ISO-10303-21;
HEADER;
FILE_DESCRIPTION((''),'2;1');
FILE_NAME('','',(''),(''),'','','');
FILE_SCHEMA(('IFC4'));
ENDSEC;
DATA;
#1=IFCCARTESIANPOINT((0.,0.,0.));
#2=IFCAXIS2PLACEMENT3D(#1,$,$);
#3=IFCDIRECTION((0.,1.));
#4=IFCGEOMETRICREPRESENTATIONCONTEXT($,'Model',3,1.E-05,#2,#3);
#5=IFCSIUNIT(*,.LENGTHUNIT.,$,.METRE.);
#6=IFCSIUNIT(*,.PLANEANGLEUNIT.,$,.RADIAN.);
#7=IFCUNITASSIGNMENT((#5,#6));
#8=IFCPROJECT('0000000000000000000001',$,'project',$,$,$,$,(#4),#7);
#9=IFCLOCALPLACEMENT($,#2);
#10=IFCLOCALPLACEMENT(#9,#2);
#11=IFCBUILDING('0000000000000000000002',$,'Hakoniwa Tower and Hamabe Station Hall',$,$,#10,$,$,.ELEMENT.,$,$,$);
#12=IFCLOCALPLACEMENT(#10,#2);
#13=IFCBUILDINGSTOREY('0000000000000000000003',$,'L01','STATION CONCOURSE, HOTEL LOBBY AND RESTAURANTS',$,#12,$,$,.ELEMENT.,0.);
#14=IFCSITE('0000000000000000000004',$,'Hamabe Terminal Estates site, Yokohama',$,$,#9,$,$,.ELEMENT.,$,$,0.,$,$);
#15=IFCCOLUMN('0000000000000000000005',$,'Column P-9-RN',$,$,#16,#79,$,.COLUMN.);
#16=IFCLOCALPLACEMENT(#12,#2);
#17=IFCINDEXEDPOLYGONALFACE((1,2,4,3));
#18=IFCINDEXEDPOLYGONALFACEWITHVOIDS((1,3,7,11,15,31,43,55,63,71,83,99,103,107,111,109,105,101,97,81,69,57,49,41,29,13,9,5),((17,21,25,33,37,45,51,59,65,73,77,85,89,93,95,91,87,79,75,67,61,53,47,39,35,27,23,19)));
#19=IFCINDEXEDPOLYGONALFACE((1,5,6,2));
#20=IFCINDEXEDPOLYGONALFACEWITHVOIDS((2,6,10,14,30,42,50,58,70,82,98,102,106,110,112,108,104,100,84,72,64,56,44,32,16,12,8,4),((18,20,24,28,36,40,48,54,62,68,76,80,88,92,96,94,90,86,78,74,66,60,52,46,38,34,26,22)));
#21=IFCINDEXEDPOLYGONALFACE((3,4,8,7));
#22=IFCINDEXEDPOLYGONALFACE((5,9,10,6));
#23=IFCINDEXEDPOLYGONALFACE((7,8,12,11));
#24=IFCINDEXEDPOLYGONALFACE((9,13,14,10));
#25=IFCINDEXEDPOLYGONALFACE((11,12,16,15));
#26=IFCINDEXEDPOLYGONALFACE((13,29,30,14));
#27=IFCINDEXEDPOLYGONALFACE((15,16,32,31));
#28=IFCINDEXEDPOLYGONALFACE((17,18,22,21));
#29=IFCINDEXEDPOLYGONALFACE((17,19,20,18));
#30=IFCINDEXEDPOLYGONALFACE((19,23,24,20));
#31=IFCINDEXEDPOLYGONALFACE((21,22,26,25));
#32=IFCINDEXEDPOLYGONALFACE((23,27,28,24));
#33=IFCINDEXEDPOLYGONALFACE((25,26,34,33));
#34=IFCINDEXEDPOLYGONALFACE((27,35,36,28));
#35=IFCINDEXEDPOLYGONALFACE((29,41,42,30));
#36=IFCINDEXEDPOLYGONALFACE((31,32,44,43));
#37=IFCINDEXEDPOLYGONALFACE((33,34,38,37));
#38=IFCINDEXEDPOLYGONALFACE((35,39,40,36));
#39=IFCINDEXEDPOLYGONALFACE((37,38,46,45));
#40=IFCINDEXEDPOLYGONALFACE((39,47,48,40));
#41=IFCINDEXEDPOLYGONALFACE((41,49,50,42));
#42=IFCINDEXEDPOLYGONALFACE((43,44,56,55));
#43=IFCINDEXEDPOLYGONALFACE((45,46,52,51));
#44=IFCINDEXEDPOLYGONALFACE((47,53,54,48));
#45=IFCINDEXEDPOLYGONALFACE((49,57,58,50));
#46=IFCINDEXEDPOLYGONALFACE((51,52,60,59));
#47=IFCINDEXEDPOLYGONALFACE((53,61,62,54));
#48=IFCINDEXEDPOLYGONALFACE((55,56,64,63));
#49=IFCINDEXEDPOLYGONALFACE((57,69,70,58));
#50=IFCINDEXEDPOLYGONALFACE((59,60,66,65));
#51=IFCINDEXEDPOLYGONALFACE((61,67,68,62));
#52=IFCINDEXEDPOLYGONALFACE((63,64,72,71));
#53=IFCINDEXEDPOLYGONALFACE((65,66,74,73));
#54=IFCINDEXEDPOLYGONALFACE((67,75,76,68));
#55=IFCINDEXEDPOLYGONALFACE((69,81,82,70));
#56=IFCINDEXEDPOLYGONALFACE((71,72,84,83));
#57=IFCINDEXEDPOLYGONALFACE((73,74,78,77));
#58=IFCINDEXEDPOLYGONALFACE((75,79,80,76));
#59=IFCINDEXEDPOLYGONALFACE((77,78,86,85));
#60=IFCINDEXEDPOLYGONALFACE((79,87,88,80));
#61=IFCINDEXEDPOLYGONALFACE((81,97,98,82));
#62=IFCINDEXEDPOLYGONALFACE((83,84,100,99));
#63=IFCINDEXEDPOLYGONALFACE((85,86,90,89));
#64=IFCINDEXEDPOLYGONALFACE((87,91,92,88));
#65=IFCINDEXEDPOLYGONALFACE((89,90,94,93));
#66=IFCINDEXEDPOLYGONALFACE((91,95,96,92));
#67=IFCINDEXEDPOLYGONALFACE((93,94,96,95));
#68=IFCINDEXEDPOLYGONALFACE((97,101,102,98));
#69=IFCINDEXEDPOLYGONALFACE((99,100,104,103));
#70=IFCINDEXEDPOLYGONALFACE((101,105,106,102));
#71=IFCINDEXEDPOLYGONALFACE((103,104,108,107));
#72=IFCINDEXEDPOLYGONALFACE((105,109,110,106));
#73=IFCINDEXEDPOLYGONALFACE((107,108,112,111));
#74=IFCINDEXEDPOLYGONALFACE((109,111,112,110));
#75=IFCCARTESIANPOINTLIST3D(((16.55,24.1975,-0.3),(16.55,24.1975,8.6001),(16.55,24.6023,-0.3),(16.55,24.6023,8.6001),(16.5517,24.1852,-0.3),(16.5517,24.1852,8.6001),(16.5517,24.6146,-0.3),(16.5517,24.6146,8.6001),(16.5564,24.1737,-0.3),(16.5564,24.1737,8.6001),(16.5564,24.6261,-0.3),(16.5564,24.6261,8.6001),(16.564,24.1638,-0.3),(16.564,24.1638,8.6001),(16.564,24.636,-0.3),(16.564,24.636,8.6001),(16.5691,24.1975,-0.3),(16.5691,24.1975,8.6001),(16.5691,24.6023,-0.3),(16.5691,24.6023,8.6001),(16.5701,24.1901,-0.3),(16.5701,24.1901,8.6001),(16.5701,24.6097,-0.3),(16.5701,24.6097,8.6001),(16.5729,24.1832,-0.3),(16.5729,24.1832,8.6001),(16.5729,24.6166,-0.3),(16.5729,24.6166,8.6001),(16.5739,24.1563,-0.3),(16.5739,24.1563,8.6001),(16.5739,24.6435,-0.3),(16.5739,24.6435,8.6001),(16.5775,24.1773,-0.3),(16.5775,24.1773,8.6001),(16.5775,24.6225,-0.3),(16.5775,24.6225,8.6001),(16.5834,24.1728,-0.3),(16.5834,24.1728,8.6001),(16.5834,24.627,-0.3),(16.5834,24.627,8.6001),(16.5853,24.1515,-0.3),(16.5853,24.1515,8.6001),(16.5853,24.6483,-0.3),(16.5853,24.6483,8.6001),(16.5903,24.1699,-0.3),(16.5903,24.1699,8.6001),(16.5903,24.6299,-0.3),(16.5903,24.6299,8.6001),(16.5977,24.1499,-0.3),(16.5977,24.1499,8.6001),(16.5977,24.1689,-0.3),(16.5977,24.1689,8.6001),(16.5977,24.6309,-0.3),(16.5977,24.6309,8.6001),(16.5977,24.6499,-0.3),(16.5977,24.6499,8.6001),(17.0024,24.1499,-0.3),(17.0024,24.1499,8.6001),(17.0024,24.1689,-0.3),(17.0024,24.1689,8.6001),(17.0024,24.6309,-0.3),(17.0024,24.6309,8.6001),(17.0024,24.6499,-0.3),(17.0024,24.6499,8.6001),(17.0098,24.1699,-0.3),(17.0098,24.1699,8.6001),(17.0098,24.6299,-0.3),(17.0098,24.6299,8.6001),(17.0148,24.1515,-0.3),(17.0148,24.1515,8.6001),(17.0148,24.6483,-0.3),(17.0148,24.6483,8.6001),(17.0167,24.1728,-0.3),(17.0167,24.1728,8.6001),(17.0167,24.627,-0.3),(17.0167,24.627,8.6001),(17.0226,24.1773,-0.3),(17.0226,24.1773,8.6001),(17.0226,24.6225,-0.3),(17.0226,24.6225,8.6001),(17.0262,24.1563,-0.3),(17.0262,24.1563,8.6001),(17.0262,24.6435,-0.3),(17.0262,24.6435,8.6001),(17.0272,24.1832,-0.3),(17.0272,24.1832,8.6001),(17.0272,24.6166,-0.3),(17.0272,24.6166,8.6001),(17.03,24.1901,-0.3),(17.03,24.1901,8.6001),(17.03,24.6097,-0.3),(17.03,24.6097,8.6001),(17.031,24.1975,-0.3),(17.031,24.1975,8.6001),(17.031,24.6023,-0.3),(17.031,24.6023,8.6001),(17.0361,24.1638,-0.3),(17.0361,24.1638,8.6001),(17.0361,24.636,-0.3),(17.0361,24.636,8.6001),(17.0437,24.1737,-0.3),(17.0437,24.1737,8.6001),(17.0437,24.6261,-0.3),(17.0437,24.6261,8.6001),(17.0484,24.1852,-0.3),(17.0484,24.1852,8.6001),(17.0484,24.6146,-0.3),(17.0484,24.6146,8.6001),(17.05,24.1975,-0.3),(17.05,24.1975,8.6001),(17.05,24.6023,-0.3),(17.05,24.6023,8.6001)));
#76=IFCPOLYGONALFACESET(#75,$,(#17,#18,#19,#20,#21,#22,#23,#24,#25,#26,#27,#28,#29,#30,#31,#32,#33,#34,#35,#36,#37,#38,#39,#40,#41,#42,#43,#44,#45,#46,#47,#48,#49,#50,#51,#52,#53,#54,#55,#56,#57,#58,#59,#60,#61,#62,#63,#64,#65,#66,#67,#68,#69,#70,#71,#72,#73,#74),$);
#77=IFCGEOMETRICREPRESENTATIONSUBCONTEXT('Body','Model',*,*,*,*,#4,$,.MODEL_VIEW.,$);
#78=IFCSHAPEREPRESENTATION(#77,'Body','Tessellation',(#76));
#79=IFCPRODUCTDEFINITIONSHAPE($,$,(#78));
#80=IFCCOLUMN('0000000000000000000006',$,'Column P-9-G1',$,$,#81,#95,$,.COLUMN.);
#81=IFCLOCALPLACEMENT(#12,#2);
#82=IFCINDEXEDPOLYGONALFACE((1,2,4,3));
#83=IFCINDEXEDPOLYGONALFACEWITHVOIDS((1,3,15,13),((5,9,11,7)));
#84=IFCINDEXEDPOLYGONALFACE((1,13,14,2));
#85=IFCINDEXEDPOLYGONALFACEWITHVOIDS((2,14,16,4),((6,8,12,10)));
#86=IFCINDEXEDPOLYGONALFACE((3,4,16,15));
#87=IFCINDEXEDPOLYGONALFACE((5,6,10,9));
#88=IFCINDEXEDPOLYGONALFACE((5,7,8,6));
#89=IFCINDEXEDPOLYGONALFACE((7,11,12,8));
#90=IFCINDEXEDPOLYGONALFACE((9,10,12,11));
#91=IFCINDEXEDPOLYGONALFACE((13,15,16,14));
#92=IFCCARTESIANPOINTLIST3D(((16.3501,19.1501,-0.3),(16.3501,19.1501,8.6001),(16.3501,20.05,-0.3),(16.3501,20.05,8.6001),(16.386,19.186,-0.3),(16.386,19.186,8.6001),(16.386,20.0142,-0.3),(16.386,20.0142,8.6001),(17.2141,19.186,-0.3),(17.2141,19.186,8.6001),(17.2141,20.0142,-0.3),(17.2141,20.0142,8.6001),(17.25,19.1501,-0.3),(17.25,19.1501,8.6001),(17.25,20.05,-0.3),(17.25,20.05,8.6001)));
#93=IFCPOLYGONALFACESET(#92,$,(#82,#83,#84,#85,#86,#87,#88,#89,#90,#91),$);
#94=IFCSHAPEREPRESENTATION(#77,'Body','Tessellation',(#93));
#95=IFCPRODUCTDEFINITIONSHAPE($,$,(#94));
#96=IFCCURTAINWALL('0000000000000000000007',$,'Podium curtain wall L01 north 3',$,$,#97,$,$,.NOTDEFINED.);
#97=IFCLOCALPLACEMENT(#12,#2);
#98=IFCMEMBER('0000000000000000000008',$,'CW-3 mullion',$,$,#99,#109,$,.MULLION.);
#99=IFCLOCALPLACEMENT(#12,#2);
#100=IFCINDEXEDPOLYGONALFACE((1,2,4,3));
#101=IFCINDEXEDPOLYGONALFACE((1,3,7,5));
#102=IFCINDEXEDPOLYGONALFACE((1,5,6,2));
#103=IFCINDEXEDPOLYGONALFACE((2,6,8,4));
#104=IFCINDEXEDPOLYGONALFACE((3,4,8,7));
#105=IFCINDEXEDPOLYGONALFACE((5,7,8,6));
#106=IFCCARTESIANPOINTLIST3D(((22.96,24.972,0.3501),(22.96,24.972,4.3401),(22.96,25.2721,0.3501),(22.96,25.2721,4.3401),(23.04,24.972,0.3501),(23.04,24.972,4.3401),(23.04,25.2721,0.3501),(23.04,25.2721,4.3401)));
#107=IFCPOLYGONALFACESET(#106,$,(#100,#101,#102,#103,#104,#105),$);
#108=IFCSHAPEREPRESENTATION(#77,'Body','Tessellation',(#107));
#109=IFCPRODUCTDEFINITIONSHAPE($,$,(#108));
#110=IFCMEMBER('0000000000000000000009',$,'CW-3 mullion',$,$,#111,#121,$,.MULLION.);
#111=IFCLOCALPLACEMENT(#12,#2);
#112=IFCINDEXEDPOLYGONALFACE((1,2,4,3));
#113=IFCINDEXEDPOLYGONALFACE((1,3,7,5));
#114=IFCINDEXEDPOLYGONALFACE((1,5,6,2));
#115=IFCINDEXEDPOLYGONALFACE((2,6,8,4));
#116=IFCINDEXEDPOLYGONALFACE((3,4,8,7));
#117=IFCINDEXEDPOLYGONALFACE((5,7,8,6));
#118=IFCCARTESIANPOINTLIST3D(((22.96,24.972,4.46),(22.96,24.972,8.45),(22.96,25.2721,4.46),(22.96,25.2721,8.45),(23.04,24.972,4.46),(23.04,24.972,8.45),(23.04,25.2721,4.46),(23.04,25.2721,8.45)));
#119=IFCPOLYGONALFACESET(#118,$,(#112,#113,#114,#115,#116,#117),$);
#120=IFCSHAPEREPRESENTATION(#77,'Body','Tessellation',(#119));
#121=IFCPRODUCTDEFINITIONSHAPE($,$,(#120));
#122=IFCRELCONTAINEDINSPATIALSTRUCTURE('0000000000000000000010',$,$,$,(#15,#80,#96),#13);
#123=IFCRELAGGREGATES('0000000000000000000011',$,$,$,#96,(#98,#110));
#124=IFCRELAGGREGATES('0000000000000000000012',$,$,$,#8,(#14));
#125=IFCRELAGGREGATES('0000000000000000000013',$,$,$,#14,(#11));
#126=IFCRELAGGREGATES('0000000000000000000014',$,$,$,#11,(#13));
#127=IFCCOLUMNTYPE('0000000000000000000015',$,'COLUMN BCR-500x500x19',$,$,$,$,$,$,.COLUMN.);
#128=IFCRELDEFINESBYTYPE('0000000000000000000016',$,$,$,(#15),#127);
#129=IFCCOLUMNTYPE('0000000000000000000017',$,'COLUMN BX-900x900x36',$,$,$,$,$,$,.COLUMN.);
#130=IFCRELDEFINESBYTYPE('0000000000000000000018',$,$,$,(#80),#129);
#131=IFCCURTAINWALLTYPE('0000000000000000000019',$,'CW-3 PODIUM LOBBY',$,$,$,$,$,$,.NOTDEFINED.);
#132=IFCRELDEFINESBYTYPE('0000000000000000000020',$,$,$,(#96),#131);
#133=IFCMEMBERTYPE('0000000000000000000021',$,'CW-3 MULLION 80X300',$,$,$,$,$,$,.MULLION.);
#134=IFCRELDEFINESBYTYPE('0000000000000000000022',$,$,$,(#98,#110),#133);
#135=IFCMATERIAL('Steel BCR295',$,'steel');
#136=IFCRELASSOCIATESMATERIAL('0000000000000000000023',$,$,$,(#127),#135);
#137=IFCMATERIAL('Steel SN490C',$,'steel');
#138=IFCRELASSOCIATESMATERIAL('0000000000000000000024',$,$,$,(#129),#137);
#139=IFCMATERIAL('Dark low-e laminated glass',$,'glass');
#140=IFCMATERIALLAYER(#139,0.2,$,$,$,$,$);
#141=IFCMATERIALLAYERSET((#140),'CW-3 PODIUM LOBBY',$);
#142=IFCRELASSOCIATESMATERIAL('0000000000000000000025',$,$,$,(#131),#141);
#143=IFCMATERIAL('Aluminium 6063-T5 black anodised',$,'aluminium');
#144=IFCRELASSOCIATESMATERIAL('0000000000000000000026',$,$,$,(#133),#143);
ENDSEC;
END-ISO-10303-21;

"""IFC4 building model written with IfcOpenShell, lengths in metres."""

from ifc_helpers import new_model, si_unit, direction, frame, origin, origin_2d, place, context, subcontext, project, spatial, rectangle, hollow_rectangle, extrude, material, layer, layer_set, material_profile, profile_set, type_object, element, aggregate, save


model = new_model("IFC4")

# Units and contexts
model_context = context("Model", 3, precision=1e-05, world=origin(), true_north=direction((0.0, 1.0)))
body_context = subcontext(model_context, "Body", "Model", "MODEL_VIEW")
ifc_project = project(units=[si_unit("LENGTHUNIT", "METRE"), si_unit("PLANEANGLEUNIT", "RADIAN")], contexts=[model_context])

# Site, building, storey
site_placement = place(None, origin())
site = spatial("IfcSite", under=ifc_project, at=site_placement, Name="Hamabe Terminal Estates site, Yokohama", CompositionType="ELEMENT", RefElevation=0.0)
building_placement = place(site_placement, origin())
building = spatial("IfcBuilding", under=site, at=building_placement, Name="Hakoniwa Tower and Hamabe Station Hall", CompositionType="ELEMENT")
storey_placement = place(building_placement, origin())
storey = spatial("IfcBuildingStorey", under=building, at=storey_placement, Name="L01", Description="STATION CONCOURSE, HOTEL LOBBY AND RESTAURANTS", CompositionType="ELEMENT", Elevation=0.0)

# Columns
ifc_material_1 = material(Name="Steel BCR295", Category="steel")
ifc_material_profile_1 = material_profile(ifc_material_1, hollow_rectangle(XDim=0.5, YDim=0.5, WallThickness=0.019, InnerFilletRadius=0.0286, OuterFilletRadius=0.0476, at=origin_2d()), Name="BCR-500x500x19")
ifc_profile_set_1 = profile_set([ifc_material_profile_1], Name="Steel BCR295")
column_type_1 = type_object("IfcColumnType", Name="COLUMN BCR-500x500x19", PredefinedType="COLUMN", material=ifc_profile_set_1)
column_1_placement = place(storey_placement, frame((16.8, 24.3999, -0.3), z_axis=(0.0, 0.0, 1.0), x_axis=(1.0, 0.0, 0.0)))
element("IfcColumn", 1, at=column_1_placement, inside=storey, type_object=column_type_1, Name="Column P-9-RN", PredefinedType="COLUMN", context=body_context, shape_type="SweptSolid", body=[
    extrude(hollow_rectangle(XDim=0.5, YDim=0.5, WallThickness=0.019, InnerFilletRadius=0.0286, OuterFilletRadius=0.0476, at=origin_2d()), origin(), (0.0, 0.0, 1.0), 8.9001),
])
ifc_material_2 = material(Name="Steel SN490C", Category="steel")
ifc_material_profile_2 = material_profile(ifc_material_2, hollow_rectangle(XDim=0.8999, YDim=0.8999, WallThickness=0.0359, at=origin_2d()), Name="BX-900x900x36")
ifc_profile_set_2 = profile_set([ifc_material_profile_2], Name="Steel SN490C")
column_type_2 = type_object("IfcColumnType", Name="COLUMN BX-900x900x36", PredefinedType="COLUMN", material=ifc_profile_set_2)
column_2_placement = place(storey_placement, frame((16.8, 19.6001, -0.3), z_axis=(0.0, 0.0, 1.0), x_axis=(1.0, 0.0, 0.0)))
element("IfcColumn", 2, at=column_2_placement, inside=storey, type_object=column_type_2, Name="Column P-9-G1", PredefinedType="COLUMN", context=body_context, shape_type="SweptSolid", body=[
    extrude(hollow_rectangle(XDim=0.8999, YDim=0.8999, WallThickness=0.0359, at=origin_2d()), origin(), (0.0, 0.0, 1.0), 8.9001),
])

# Curtain wall, members
ifc_material_3 = material(Name="Dark low-e laminated glass", Category="glass")
ifc_layer_1 = layer(ifc_material_3, 0.2)
ifc_layer_set_1 = layer_set([ifc_layer_1], Name="CW-3 PODIUM LOBBY")
curtain_wall_type = type_object("IfcCurtainWallType", Name="CW-3 PODIUM LOBBY", PredefinedType="NOTDEFINED", material=ifc_layer_set_1)
curtain_wall_placement = place(storey_placement, origin())
curtain_wall = element("IfcCurtainWall", 3, at=curtain_wall_placement, inside=storey, type_object=curtain_wall_type, Name="Podium curtain wall L01 north 3", PredefinedType="NOTDEFINED")
ifc_material_4 = material(Name="Aluminium 6063-T5 black anodised", Category="aluminium")
ifc_material_profile_3 = material_profile(ifc_material_4, rectangle(XDim=0.0801, YDim=0.3, at=origin_2d()), Name="CW-3 MULLION 80X300")
ifc_profile_set_3 = profile_set([ifc_material_profile_3], Name="Aluminium 6063-T5 black anodised")
member_type = type_object("IfcMemberType", Name="CW-3 MULLION 80X300", PredefinedType="MULLION", material=ifc_profile_set_3)
member_1_placement = place(storey_placement, frame((23.0, 25.1221, 0.3501), z_axis=(0.0, 0.0, 1.0), x_axis=(-1.0, 0.0, 0.0)))
member_1 = element("IfcMember", 4, at=member_1_placement, type_object=member_type, Name="CW-3 mullion", PredefinedType="MULLION", context=body_context, shape_type="SweptSolid", body=[
    extrude(rectangle(XDim=0.0801, YDim=0.3, at=origin_2d()), origin(), (0.0, 0.0, 1.0), 3.99),
])
member_2_placement = place(storey_placement, frame((23.0, 25.1221, 4.46), z_axis=(0.0, 0.0, 1.0), x_axis=(-1.0, 0.0, 0.0)))
member_2 = element("IfcMember", 5, at=member_2_placement, type_object=member_type, Name="CW-3 mullion", PredefinedType="MULLION", context=body_context, shape_type="SweptSolid", body=[
    extrude(rectangle(XDim=0.0801, YDim=0.3, at=origin_2d()), origin(), (0.0, 0.0, 1.0), 3.99),
])
aggregate(curtain_wall, [member_1, member_2])

save(model, "model.ifc")
